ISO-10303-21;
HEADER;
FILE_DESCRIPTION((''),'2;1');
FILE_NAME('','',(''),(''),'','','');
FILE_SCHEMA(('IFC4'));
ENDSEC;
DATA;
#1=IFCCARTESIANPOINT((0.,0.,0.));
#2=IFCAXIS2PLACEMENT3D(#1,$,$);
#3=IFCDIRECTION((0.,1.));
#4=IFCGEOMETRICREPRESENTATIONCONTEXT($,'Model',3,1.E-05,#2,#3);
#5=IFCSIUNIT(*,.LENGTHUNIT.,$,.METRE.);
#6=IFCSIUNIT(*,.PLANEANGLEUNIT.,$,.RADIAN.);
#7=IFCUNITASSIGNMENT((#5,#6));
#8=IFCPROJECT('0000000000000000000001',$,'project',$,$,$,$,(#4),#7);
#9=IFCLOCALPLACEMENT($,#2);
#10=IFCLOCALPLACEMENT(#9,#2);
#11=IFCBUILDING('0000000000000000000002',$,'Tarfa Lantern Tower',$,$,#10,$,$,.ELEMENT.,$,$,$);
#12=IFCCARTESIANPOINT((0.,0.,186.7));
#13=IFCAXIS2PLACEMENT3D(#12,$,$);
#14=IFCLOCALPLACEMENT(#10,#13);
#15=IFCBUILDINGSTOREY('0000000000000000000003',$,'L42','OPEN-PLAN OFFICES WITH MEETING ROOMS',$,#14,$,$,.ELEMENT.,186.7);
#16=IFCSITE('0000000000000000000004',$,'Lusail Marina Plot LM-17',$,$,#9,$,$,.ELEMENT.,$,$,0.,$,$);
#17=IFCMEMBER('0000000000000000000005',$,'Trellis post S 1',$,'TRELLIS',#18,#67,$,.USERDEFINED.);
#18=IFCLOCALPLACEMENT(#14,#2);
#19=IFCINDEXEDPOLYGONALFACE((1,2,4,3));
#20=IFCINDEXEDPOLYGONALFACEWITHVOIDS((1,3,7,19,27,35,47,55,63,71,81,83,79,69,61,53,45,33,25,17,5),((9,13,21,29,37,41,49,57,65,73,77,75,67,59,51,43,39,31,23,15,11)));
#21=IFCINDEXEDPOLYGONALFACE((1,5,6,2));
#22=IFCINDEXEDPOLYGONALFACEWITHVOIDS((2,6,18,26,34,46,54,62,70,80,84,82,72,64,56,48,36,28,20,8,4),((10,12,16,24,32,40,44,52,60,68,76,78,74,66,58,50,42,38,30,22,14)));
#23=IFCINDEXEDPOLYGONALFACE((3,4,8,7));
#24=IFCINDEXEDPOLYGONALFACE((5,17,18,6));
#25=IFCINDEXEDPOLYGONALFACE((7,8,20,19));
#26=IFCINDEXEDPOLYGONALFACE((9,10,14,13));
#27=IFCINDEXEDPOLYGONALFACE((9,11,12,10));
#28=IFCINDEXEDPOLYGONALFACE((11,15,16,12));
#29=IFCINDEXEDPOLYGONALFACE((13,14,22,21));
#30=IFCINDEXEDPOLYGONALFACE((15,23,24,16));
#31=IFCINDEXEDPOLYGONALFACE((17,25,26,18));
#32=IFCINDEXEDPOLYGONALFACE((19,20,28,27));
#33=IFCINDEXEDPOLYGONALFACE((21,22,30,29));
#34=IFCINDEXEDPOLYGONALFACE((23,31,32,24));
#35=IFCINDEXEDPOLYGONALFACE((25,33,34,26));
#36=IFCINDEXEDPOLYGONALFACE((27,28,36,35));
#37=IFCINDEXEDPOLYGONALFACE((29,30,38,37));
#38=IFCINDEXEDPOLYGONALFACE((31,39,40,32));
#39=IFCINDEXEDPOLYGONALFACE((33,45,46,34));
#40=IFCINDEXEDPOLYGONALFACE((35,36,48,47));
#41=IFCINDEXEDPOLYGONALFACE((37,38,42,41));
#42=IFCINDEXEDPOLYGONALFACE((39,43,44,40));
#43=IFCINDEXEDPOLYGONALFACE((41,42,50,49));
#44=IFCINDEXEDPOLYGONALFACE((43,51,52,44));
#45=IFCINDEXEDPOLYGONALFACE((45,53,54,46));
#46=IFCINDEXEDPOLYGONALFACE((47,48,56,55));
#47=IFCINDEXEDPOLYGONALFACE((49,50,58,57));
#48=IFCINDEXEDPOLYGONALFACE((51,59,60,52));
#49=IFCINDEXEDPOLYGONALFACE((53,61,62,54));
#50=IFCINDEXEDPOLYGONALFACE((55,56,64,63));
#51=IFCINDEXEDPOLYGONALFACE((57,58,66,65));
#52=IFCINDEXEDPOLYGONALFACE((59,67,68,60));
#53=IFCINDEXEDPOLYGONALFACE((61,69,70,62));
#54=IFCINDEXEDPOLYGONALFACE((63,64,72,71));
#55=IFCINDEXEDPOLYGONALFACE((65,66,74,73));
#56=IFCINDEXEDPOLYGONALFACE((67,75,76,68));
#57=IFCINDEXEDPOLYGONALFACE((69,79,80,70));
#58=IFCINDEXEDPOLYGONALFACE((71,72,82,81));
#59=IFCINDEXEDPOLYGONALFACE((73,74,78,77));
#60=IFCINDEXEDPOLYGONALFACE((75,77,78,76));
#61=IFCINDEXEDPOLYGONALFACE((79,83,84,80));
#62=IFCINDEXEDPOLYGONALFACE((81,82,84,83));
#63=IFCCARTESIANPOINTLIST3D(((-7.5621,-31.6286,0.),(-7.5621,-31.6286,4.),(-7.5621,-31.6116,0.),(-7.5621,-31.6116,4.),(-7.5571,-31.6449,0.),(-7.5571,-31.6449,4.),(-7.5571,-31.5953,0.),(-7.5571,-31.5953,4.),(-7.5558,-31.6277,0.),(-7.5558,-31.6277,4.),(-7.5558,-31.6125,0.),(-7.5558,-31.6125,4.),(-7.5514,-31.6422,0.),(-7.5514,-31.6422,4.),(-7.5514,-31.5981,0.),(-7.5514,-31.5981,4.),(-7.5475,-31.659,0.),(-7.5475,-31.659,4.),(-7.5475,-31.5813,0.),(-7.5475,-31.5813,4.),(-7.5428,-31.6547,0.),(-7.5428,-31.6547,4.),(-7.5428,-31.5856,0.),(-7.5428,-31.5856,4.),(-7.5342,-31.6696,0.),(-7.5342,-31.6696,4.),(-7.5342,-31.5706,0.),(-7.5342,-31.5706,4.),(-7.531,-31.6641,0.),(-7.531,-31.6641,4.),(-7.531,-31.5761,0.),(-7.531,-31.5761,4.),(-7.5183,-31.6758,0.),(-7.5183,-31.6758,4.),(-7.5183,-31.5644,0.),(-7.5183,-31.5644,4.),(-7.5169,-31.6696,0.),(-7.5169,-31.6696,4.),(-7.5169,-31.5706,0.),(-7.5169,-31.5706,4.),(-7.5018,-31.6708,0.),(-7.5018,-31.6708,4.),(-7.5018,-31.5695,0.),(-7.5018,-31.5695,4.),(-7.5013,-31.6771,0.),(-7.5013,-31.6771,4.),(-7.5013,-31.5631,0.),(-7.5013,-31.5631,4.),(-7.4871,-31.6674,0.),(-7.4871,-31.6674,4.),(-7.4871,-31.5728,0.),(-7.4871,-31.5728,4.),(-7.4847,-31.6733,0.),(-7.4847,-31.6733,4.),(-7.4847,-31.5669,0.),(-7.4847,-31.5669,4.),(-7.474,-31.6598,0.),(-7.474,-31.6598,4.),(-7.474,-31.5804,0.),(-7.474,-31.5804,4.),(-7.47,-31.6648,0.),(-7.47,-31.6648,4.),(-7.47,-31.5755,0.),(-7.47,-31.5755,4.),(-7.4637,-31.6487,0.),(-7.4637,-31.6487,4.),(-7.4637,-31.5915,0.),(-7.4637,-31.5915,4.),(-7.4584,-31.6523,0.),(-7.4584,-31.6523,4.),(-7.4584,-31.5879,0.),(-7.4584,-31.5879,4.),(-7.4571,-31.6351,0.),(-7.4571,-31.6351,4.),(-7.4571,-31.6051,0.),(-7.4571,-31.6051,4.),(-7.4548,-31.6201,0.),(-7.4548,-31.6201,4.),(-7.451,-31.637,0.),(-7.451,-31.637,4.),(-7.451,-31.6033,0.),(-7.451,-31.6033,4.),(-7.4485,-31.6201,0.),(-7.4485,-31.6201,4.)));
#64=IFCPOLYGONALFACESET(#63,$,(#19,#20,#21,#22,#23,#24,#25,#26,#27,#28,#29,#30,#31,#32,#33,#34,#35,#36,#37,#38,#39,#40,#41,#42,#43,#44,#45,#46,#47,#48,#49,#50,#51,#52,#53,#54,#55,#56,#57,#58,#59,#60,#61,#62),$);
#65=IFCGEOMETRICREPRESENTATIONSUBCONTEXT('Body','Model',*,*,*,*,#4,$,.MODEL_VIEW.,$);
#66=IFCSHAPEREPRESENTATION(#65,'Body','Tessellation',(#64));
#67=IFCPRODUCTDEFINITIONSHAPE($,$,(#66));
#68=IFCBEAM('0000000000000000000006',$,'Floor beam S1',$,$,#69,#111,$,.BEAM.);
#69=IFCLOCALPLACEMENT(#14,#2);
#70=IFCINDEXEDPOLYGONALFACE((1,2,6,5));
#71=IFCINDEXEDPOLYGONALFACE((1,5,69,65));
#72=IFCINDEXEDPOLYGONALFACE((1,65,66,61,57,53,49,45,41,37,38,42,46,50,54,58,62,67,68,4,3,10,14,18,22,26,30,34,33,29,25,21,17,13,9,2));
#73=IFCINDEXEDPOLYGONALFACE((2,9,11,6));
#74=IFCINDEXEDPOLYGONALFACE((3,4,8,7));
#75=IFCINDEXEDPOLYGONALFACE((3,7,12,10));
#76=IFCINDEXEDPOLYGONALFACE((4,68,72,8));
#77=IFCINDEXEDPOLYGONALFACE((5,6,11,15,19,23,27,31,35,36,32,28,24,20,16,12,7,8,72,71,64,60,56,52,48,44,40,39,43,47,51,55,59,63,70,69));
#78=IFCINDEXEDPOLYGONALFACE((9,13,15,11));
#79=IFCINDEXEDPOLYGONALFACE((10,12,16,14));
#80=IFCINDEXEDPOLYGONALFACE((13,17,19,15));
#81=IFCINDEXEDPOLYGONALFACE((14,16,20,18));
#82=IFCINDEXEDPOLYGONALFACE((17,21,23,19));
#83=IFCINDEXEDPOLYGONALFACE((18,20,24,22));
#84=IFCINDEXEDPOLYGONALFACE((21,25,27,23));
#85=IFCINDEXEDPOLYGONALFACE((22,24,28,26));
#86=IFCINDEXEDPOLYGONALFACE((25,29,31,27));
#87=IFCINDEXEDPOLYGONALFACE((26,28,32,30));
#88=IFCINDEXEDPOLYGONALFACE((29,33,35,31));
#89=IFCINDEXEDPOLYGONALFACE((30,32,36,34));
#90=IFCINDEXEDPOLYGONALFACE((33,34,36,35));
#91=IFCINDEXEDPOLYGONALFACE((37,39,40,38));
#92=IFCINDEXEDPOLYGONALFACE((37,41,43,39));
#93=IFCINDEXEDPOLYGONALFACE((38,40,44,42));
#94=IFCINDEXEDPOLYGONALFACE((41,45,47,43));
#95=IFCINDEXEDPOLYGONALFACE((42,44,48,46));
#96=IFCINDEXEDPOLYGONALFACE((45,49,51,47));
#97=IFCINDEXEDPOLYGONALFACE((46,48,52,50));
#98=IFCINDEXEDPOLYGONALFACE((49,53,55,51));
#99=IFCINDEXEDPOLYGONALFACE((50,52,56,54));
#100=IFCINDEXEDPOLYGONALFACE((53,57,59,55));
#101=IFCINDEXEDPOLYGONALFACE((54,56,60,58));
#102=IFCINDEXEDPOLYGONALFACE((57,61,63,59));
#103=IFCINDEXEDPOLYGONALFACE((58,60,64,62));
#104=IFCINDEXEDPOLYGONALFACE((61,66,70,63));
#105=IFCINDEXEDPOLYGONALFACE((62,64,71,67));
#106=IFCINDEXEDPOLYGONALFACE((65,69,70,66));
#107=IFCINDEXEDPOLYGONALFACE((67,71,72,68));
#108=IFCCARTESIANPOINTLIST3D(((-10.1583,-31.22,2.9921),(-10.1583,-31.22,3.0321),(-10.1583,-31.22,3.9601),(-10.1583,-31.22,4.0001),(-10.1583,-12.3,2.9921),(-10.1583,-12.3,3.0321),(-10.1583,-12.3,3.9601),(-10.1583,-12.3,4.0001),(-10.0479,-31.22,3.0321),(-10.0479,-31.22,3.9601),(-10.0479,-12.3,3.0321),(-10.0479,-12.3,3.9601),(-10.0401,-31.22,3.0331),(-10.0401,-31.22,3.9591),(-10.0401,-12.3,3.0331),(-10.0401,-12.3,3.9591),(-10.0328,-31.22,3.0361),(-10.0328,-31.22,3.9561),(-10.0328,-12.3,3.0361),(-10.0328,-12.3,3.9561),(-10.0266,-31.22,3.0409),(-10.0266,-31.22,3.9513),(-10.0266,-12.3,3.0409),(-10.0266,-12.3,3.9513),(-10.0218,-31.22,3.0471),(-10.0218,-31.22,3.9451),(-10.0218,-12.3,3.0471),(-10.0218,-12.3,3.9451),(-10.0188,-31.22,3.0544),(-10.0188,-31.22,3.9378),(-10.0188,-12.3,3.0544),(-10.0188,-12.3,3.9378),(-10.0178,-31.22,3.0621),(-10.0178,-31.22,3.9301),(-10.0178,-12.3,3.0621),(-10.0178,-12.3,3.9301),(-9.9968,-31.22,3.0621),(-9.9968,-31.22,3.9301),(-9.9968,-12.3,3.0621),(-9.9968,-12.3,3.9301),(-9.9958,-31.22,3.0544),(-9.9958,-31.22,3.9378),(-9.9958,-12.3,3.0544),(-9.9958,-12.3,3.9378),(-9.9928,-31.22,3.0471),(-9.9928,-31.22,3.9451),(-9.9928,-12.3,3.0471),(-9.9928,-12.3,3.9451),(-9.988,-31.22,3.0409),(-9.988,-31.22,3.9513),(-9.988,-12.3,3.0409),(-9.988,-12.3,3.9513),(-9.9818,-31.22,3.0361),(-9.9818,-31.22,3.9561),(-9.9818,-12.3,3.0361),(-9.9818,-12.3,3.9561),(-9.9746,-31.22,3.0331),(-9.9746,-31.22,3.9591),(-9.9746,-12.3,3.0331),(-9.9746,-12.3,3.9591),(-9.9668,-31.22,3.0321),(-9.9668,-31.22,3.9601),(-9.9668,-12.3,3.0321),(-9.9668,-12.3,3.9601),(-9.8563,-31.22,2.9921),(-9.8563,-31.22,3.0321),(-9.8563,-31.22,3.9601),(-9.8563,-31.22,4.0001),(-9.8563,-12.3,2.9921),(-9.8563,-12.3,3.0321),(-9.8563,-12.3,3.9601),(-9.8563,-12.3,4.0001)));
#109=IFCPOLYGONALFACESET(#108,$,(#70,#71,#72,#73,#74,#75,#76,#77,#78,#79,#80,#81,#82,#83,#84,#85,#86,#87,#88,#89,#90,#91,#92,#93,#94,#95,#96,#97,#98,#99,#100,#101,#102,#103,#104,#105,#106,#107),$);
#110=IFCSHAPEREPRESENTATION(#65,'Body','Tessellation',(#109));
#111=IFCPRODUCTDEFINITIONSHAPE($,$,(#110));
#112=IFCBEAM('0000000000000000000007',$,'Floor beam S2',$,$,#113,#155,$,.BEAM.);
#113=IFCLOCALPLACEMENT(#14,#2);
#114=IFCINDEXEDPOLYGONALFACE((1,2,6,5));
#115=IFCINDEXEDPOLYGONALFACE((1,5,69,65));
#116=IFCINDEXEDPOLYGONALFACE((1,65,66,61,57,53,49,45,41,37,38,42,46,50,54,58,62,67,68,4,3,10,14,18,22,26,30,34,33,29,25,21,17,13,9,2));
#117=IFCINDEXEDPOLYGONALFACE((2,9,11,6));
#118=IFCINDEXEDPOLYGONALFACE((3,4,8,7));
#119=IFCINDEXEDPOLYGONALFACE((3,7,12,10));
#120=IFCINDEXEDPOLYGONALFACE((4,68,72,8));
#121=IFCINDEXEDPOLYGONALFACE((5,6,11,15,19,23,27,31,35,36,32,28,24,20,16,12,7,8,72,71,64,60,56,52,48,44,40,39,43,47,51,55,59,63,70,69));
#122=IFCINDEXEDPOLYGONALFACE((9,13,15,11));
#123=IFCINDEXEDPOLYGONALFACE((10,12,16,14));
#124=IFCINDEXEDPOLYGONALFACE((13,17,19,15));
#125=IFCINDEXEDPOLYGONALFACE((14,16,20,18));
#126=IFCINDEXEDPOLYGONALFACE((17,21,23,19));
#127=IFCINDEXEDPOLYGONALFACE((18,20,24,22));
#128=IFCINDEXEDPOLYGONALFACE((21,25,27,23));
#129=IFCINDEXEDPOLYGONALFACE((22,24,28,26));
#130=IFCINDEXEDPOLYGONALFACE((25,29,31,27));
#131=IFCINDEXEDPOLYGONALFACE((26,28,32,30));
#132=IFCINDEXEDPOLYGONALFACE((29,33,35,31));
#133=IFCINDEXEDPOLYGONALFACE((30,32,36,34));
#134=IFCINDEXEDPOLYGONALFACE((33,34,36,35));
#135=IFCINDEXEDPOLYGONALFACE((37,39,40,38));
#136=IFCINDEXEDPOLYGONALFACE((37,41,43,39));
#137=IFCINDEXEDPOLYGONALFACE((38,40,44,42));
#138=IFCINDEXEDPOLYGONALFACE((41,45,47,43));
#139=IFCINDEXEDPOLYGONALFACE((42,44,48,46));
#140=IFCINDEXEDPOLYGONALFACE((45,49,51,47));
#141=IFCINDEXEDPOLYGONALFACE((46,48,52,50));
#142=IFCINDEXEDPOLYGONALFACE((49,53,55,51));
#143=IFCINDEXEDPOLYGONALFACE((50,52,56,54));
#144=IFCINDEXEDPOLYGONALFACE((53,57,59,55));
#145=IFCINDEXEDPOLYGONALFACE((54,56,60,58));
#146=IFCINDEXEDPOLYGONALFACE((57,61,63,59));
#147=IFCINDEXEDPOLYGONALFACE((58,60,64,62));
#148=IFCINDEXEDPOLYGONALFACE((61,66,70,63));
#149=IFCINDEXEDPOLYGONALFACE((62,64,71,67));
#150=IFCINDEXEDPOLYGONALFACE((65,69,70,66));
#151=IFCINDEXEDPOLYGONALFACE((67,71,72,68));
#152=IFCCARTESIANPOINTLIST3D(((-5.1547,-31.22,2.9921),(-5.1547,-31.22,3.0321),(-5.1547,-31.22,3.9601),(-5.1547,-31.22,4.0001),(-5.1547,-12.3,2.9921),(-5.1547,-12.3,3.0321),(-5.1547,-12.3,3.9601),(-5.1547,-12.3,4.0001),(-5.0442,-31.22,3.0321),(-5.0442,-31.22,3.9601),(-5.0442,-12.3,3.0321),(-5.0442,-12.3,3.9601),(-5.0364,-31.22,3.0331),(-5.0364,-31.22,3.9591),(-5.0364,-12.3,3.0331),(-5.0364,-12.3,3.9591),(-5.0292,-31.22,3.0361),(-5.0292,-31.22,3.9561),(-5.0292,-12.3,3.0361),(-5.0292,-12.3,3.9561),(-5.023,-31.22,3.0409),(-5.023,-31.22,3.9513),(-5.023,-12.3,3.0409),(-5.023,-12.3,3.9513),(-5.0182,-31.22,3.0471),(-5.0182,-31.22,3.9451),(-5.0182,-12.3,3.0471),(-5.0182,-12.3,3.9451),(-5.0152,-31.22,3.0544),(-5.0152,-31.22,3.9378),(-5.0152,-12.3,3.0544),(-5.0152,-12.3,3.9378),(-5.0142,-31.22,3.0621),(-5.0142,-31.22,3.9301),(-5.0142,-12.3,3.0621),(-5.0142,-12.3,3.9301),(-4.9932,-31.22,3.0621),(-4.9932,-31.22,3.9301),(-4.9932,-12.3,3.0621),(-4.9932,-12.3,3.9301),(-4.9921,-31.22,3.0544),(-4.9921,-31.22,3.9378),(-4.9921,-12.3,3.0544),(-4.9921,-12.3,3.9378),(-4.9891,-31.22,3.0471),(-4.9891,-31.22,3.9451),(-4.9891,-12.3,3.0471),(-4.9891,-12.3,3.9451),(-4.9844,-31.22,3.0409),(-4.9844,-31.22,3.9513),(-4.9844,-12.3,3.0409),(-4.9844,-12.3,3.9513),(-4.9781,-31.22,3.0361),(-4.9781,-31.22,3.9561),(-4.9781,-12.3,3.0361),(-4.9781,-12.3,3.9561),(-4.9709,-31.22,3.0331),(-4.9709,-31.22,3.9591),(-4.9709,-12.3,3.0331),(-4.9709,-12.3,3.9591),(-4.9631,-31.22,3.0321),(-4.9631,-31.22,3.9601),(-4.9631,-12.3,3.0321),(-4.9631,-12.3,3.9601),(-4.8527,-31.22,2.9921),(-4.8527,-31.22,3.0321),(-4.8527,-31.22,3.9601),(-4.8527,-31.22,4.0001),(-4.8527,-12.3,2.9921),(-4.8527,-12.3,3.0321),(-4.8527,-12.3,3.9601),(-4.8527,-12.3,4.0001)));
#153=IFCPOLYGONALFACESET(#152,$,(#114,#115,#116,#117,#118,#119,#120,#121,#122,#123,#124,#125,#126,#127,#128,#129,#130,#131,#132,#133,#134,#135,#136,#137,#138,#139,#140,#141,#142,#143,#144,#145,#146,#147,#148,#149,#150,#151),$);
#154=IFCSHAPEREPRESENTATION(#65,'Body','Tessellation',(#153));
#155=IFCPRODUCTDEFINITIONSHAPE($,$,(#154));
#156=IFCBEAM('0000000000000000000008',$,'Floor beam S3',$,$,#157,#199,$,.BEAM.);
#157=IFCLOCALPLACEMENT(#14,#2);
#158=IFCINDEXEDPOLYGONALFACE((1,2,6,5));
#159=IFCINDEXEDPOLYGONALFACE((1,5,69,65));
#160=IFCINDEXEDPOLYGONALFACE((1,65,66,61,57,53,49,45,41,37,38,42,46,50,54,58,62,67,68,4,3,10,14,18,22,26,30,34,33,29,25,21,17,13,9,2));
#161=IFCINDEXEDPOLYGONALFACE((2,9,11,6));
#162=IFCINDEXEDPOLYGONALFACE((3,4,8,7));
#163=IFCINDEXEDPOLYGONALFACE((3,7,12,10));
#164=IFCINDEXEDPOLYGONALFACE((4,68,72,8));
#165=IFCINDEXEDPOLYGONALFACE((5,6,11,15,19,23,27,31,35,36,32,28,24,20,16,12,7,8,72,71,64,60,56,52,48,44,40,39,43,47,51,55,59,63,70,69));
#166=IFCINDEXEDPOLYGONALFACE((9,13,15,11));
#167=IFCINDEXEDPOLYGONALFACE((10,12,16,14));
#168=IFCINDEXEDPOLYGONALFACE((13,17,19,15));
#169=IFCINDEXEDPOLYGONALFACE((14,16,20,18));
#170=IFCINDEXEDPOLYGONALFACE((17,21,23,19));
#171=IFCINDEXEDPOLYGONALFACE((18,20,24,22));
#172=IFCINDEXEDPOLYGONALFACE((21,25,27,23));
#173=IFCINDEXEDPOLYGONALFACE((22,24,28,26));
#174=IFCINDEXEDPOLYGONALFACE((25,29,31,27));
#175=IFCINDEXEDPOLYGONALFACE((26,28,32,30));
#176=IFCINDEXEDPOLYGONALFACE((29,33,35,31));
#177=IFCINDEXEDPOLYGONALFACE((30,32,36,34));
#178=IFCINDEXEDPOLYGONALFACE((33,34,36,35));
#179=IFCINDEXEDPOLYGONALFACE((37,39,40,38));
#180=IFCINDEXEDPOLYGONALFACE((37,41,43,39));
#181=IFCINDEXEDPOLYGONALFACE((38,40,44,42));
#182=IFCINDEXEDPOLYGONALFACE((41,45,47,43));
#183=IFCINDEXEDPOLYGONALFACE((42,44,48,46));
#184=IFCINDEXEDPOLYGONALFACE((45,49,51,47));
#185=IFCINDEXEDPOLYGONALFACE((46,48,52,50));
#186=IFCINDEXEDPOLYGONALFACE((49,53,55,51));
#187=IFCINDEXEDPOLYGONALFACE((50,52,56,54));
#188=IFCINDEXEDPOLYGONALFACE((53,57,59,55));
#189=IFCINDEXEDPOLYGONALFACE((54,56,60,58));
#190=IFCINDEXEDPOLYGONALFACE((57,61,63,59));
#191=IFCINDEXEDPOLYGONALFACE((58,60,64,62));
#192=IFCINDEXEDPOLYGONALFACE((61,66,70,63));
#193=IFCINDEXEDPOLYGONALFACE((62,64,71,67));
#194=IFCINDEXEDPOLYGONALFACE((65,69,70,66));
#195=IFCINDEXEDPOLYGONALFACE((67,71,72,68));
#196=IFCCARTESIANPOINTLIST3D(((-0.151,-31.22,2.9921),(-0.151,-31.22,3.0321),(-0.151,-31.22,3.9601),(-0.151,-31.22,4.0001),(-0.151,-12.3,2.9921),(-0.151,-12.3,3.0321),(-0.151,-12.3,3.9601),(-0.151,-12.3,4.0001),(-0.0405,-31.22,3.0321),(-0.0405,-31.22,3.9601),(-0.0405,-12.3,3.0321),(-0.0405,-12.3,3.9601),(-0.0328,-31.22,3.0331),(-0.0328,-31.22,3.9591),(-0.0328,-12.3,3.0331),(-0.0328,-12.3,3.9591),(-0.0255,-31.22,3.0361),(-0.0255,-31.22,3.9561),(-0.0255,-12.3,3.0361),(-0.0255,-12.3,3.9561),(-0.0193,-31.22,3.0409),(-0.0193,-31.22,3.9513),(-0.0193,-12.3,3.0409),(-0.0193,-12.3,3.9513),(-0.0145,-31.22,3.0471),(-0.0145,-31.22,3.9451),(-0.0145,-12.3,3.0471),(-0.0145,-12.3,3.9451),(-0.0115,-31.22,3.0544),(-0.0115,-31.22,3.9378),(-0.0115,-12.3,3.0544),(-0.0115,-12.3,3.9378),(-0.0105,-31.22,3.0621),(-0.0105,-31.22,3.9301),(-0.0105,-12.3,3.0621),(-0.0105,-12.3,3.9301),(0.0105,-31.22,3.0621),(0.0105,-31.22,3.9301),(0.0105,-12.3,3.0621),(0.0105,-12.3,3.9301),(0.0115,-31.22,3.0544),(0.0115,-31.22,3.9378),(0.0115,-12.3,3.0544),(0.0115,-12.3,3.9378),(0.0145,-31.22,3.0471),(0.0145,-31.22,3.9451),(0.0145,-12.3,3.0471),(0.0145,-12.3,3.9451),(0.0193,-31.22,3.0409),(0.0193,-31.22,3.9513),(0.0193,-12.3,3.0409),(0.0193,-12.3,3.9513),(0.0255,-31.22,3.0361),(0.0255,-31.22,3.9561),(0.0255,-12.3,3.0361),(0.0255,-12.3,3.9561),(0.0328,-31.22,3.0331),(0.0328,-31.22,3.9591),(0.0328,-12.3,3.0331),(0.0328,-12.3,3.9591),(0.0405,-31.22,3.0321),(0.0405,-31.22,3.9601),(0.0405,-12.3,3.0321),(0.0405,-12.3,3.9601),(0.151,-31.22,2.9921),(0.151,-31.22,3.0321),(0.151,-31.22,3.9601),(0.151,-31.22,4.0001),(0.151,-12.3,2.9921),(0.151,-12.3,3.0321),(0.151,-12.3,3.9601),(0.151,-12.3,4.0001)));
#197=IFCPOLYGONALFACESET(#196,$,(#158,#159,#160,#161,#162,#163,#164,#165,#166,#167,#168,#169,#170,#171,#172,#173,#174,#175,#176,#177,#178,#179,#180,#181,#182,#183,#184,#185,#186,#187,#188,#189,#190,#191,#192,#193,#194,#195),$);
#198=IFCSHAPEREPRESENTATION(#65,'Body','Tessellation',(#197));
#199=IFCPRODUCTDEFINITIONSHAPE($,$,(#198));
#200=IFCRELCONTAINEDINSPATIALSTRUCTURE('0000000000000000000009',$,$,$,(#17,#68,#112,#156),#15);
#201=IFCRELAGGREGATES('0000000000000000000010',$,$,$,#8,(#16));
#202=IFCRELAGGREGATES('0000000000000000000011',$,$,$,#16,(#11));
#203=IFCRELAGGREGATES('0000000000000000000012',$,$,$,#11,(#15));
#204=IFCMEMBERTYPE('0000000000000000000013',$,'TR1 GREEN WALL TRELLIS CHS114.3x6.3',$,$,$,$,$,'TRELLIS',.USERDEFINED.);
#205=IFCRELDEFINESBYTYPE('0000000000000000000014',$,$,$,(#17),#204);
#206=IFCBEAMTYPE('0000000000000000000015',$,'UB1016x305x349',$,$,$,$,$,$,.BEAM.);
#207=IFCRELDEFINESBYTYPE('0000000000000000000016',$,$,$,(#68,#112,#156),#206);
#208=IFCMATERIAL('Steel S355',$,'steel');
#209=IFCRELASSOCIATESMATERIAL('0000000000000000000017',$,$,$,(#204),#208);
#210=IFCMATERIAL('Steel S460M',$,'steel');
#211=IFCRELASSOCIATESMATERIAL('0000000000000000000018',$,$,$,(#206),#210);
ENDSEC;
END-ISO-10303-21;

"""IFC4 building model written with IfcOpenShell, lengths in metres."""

from ifc_helpers import new_model, si_unit, direction, frame, origin, origin_2d, place, context, subcontext, project, spatial, hollow_circle, i_section, extrude, material, material_profile, profile_set, type_object, element, save


model = new_model("IFC4")

# Units and contexts
model_context = context("Model", 3, precision=1e-05, world=origin(), true_north=direction((0.0, 1.0)))
body_context = subcontext(model_context, "Body", "Model", "MODEL_VIEW")
ifc_project = project(units=[si_unit("LENGTHUNIT", "METRE"), si_unit("PLANEANGLEUNIT", "RADIAN")], contexts=[model_context])

# Site, building, storey
site_placement = place(None, origin())
site = spatial("IfcSite", under=ifc_project, at=site_placement, Name="Lusail Marina Plot LM-17", CompositionType="ELEMENT", RefElevation=0.0)
building_placement = place(site_placement, origin())
building = spatial("IfcBuilding", under=site, at=building_placement, Name="Tarfa Lantern Tower", CompositionType="ELEMENT")
storey_placement = place(building_placement, frame((0.0, 0.0, 186.7)))
storey = spatial("IfcBuildingStorey", under=building, at=storey_placement, Name="L42", Description="OPEN-PLAN OFFICES WITH MEETING ROOMS", CompositionType="ELEMENT", Elevation=186.7)

# Member
ifc_material_1 = material(Name="Steel S355", Category="steel")
ifc_material_profile_1 = material_profile(ifc_material_1, hollow_circle(Radius=0.0571, WallThickness=0.0063, at=origin_2d()), Name="CHS114.3x6.3")
ifc_profile_set_1 = profile_set([ifc_material_profile_1], Name="Steel S355")
member_type_1 = type_object("IfcMemberType", Name="TR1 GREEN WALL TRELLIS CHS114.3x6.3", ElementType="TRELLIS", PredefinedType="USERDEFINED", material=ifc_profile_set_1)
member_1_placement = place(storey_placement, frame((-7.5056, -31.6201, 0.0), z_axis=(0.0, 0.0, 1.0), x_axis=(1.0, 0.0, 0.0)))
element("IfcMember", 1, at=member_1_placement, inside=storey, type_object=member_type_1, Name="Trellis post S 1", ObjectType="TRELLIS", PredefinedType="USERDEFINED", context=body_context, shape_type="SweptSolid", body=[
    extrude(hollow_circle(Radius=0.0571, WallThickness=0.0063, at=origin_2d()), origin(), (0.0, 0.0, 1.0), 4.0),
])

# Beams
ifc_material_2 = material(Name="Steel S460M", Category="steel")
ifc_material_profile_2 = material_profile(ifc_material_2, i_section(OverallWidth=0.302, OverallDepth=1.0081, WebThickness=0.021, FlangeThickness=0.04, FilletRadius=0.03, at=origin_2d()), Name="UB1016x305x349")
ifc_profile_set_2 = profile_set([ifc_material_profile_2], Name="Steel S460M")
beam_type_1 = type_object("IfcBeamType", Name="UB1016x305x349", PredefinedType="BEAM", material=ifc_profile_set_2)
for number, where, z_axis, x_axis, name in (
    (2, (-10.0073, -31.22, 3.4961), (0.0, 1.0, 0.0), (-1.0, 0.0, 0.0), "Floor beam S1"),
    (3, (-5.0037, -31.22, 3.4961), (0.0, 1.0, 0.0), (-1.0, 0.0, 0.0), "Floor beam S2"),
    (4, (0.0, -31.22, 3.4961), (0.0, 1.0, 0.0), (-1.0, 0.0, 0.0), "Floor beam S3"),
):
    element("IfcBeam", number, at=place(storey_placement, frame(where, z_axis=z_axis, x_axis=x_axis)), inside=storey, type_object=beam_type_1, Name=name, PredefinedType="BEAM", context=body_context, shape_type="SweptSolid", body=[
        extrude(i_section(OverallWidth=0.302, OverallDepth=1.0081, WebThickness=0.021, FlangeThickness=0.04, FilletRadius=0.03, at=origin_2d()), origin(), (0.0, 0.0, 1.0), 18.9199),
    ])

save(model, "model.ifc")
